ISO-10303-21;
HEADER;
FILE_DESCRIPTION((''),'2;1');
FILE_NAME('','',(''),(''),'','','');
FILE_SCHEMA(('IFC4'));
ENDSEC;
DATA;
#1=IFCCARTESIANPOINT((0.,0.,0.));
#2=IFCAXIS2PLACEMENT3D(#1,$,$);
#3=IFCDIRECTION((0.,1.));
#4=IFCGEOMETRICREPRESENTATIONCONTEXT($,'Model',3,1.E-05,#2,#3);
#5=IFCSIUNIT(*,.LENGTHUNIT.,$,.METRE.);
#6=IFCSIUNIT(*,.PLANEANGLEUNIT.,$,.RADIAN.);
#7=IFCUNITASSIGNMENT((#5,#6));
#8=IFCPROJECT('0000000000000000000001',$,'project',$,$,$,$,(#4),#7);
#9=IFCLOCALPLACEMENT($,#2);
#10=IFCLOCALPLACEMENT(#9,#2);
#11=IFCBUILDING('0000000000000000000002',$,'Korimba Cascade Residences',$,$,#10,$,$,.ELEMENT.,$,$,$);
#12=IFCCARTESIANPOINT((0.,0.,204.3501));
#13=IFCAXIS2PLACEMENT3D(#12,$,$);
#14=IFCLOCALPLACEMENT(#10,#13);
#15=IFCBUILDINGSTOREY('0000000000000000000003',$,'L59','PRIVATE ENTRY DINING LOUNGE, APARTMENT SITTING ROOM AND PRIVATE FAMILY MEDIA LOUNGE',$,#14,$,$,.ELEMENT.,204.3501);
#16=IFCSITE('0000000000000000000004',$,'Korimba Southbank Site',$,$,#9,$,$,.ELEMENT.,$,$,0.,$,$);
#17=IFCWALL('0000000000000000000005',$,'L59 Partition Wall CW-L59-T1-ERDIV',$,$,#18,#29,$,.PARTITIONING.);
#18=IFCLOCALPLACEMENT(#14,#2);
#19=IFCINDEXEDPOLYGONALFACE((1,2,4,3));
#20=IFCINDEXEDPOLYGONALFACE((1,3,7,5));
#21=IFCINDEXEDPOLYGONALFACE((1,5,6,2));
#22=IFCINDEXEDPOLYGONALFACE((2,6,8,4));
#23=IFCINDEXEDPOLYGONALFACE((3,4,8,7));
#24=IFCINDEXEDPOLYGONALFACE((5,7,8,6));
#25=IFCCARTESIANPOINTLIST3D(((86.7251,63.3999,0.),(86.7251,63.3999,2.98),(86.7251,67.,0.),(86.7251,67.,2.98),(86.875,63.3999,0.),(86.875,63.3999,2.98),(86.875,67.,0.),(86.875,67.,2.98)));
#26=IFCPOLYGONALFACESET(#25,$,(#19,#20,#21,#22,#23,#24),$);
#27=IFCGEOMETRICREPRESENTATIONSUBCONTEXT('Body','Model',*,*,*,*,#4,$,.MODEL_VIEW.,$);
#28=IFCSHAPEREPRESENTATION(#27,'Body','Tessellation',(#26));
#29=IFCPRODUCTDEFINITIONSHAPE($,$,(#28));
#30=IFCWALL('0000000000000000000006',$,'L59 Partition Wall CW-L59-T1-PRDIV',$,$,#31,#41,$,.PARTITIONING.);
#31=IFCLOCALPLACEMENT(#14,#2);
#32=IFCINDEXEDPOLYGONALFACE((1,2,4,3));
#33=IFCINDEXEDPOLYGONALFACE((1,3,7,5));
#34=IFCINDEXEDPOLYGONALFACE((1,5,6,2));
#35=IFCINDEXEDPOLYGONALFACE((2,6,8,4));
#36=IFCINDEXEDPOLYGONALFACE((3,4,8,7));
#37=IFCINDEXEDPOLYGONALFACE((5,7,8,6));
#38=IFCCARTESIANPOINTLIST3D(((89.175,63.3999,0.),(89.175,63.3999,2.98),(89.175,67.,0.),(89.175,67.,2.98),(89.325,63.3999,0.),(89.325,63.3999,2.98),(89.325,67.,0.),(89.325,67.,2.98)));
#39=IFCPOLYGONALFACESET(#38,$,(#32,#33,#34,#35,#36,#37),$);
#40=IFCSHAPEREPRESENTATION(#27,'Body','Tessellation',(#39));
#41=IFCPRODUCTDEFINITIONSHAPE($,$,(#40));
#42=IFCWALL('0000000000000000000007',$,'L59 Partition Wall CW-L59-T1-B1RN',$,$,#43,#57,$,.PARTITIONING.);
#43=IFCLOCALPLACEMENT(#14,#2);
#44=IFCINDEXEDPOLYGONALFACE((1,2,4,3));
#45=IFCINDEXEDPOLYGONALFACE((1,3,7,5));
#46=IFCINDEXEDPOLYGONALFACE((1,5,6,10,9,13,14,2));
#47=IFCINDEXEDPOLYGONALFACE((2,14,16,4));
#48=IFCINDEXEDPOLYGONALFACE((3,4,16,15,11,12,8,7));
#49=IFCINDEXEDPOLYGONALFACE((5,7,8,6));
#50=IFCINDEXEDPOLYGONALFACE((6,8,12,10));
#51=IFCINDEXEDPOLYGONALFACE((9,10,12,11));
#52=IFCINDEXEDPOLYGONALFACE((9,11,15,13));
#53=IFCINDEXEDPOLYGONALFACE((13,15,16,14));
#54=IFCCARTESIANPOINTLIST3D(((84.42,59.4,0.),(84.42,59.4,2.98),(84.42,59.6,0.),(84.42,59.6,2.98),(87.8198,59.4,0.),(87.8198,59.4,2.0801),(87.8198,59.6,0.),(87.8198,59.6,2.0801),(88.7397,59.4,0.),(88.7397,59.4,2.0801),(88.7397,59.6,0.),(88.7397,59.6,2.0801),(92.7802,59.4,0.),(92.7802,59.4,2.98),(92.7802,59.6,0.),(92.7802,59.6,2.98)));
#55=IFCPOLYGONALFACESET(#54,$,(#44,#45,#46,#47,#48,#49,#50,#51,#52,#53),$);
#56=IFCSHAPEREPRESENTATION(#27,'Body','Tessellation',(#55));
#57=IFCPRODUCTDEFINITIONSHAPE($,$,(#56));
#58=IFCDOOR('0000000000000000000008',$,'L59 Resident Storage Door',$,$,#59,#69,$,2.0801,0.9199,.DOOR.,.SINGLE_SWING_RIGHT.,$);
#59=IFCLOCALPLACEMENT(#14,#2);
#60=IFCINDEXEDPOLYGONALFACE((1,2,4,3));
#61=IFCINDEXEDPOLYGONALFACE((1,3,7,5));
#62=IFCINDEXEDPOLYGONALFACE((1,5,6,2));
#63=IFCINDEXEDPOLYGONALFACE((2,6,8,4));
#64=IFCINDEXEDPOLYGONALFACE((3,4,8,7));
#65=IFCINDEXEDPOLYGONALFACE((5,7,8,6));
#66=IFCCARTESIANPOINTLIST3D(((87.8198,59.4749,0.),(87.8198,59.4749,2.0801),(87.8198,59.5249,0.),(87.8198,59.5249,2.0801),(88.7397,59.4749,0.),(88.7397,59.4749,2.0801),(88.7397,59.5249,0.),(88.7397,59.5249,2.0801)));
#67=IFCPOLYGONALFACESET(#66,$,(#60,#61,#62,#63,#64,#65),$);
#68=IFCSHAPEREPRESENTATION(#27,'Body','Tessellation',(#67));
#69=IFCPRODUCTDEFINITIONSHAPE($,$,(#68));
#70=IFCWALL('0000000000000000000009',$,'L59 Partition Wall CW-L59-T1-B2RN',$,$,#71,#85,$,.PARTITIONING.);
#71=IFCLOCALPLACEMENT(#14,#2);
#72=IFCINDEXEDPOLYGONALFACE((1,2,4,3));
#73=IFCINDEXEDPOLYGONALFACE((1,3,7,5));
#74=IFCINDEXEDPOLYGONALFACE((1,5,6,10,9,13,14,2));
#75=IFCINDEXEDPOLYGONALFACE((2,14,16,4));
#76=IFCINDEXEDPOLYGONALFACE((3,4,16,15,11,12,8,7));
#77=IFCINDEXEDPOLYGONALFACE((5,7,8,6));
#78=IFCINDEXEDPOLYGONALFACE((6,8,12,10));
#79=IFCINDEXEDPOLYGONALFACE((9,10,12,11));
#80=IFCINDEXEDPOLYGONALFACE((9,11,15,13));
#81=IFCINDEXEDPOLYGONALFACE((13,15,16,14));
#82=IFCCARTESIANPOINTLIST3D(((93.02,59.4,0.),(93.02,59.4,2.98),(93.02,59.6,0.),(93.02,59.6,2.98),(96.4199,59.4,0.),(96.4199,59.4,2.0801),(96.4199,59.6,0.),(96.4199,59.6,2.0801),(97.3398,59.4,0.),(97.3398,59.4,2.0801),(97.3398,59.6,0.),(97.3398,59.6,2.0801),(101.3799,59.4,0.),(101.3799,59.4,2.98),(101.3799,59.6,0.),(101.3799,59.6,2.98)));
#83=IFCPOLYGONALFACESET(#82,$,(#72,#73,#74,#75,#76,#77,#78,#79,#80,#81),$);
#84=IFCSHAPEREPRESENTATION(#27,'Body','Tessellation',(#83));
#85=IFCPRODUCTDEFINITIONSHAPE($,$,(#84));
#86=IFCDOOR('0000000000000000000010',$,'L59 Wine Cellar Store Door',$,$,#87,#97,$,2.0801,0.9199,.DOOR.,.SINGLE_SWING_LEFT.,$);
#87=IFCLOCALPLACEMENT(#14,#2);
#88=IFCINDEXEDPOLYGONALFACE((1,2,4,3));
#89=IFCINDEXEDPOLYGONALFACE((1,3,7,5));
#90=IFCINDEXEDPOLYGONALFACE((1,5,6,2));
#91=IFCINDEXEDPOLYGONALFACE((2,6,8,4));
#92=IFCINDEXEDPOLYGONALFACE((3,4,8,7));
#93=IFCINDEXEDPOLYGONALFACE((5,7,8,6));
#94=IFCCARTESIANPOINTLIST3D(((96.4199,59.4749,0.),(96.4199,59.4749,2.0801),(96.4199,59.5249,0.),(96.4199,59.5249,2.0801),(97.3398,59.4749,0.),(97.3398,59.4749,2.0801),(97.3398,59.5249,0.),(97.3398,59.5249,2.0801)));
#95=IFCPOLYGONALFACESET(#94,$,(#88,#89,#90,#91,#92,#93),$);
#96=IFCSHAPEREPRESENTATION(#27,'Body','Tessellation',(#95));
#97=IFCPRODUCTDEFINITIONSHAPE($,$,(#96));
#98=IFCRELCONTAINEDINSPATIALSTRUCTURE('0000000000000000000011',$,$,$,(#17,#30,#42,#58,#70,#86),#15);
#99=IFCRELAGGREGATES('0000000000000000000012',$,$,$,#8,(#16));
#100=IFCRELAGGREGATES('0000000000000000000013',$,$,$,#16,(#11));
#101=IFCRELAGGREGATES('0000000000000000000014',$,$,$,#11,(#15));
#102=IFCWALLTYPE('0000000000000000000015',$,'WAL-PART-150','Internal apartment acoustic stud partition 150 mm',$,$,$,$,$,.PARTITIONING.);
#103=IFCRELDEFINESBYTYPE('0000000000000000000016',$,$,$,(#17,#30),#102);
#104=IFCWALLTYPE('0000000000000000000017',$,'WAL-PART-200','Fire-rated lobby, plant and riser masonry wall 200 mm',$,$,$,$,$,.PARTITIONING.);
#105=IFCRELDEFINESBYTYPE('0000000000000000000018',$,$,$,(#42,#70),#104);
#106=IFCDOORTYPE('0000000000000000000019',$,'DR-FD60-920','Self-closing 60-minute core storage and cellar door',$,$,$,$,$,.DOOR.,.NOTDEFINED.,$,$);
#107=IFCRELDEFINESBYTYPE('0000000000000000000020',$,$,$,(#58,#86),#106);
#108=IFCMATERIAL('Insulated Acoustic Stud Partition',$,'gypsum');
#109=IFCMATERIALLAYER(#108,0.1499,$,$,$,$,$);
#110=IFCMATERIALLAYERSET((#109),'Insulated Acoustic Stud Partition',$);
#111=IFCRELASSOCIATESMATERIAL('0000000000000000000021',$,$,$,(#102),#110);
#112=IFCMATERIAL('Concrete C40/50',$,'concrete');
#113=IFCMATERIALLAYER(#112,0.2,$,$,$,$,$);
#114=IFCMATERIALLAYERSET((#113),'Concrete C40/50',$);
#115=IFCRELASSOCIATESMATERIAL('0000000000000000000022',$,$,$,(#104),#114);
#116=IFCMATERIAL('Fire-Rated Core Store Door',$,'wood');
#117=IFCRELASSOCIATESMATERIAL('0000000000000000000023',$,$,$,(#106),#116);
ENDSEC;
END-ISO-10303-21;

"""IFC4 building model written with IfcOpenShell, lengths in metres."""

from ifc_helpers import new_model, si_unit, direction, frame, frame_2d, origin, place, context, subcontext, project, spatial, rectangle, extrude, material, layer, layer_set, type_object, element, fill, save


model = new_model("IFC4")

# Units and contexts
model_context = context("Model", 3, precision=1e-05, world=origin(), true_north=direction((0.0, 1.0)))
body_context = subcontext(model_context, "Body", "Model", "MODEL_VIEW")
ifc_project = project(units=[si_unit("LENGTHUNIT", "METRE"), si_unit("PLANEANGLEUNIT", "RADIAN")], contexts=[model_context])

# Site, building, storey
site_placement = place(None, origin())
site = spatial("IfcSite", under=ifc_project, at=site_placement, Name="Korimba Southbank Site", CompositionType="ELEMENT", RefElevation=0.0)
building_placement = place(site_placement, origin())
building = spatial("IfcBuilding", under=site, at=building_placement, Name="Korimba Cascade Residences", CompositionType="ELEMENT")
storey_placement = place(building_placement, frame((0.0, 0.0, 204.3501)))
storey = spatial("IfcBuildingStorey", under=building, at=storey_placement, Name="L59", Description="PRIVATE ENTRY DINING LOUNGE, APARTMENT SITTING ROOM AND PRIVATE FAMILY MEDIA LOUNGE", CompositionType="ELEMENT", Elevation=204.3501)

# Walls
ifc_material_1 = material(Name="Insulated Acoustic Stud Partition", Category="gypsum")
ifc_layer_1 = layer(ifc_material_1, 0.1499)
ifc_layer_set_1 = layer_set([ifc_layer_1], Name="Insulated Acoustic Stud Partition")
wall_type_1 = type_object("IfcWallType", Name="WAL-PART-150", Description="Internal apartment acoustic stud partition 150 mm", PredefinedType="PARTITIONING", material=ifc_layer_set_1)
for number, where, z_axis, x_axis, name in (
    (1, (86.8, 63.3999, 0.0), (0.0, 0.0, 1.0), (0.0, 1.0, 0.0), "L59 Partition Wall CW-L59-T1-ERDIV"),
    (2, (89.25, 63.3999, 0.0), (0.0, 0.0, 1.0), (0.0, 1.0, 0.0), "L59 Partition Wall CW-L59-T1-PRDIV"),
):
    element("IfcWall", number, at=place(storey_placement, frame(where, z_axis=z_axis, x_axis=x_axis)), inside=storey, type_object=wall_type_1, Name=name, PredefinedType="PARTITIONING", context=body_context, shape_type="SweptSolid", body=[
        extrude(rectangle(XDim=3.6001, YDim=0.1499, at=frame_2d((1.8, 0.0))), origin(), (0.0, 0.0, 1.0), 2.98),
    ])

# Walls, openings, doors
ifc_material_2 = material(Name="Concrete C40/50", Category="concrete")
ifc_layer_2 = layer(ifc_material_2, 0.2)
ifc_layer_set_2 = layer_set([ifc_layer_2], Name="Concrete C40/50")
wall_type_2 = type_object("IfcWallType", Name="WAL-PART-200", Description="Fire-rated lobby, plant and riser masonry wall 200 mm", PredefinedType="PARTITIONING", material=ifc_layer_set_2)
wall_1_placement = place(storey_placement, frame((84.4199, 59.5, 0.0), z_axis=(0.0, 0.0, 1.0), x_axis=(1.0, 0.0, 0.0)))
wall_1 = element("IfcWall", 3, at=wall_1_placement, inside=storey, type_object=wall_type_2, Name="L59 Partition Wall CW-L59-T1-B1RN", PredefinedType="PARTITIONING", context=body_context, shape_type="SweptSolid", body=[
    extrude(rectangle(XDim=8.3601, YDim=0.2, at=frame_2d((4.1802, 0.0))), origin(), (0.0, 0.0, 1.0), 2.98),
])
opening_1_placement = place(wall_1_placement, frame((3.3999, 0.0, 0.0)))
opening_1 = element("IfcOpeningElement", 4, at=opening_1_placement, cuts=wall_1, PredefinedType="OPENING", context=body_context, shape_type="SweptSolid", body=[
    extrude(rectangle(XDim=0.9199, YDim=2.0801, at=frame_2d((0.46, 1.04))), frame((0.0, 0.1099, 0.0), z_axis=(0.0, -1.0, 0.0), x_axis=(1.0, 0.0, 0.0)), (0.0, 0.0, 1.0), 0.22),
])
ifc_material_3 = material(Name="Fire-Rated Core Store Door", Category="wood")
door_type_1 = type_object("IfcDoorType", Name="DR-FD60-920", Description="Self-closing 60-minute core storage and cellar door", OperationType="NOTDEFINED", PredefinedType="DOOR", material=ifc_material_3)
door_1_placement = place(opening_1_placement, origin())
door_1 = element("IfcDoor", 5, at=door_1_placement, inside=storey, type_object=door_type_1, Name="L59 Resident Storage Door", OperationType="SINGLE_SWING_RIGHT", OverallHeight=2.0801, OverallWidth=0.9199, PredefinedType="DOOR", context=body_context, shape_type="SweptSolid", body=[
    extrude(rectangle(XDim=0.9199, YDim=2.0801, at=frame_2d((0.46, 1.04))), frame((0.0, 0.0249, 0.0), z_axis=(0.0, -1.0, 0.0), x_axis=(1.0, 0.0, 0.0)), (0.0, 0.0, 1.0), 0.05),
])
fill(opening_1, door_1)
wall_2_placement = place(storey_placement, frame((93.02, 59.5, 0.0), z_axis=(0.0, 0.0, 1.0), x_axis=(1.0, 0.0, 0.0)))
wall_2 = element("IfcWall", 6, at=wall_2_placement, inside=storey, type_object=wall_type_2, Name="L59 Partition Wall CW-L59-T1-B2RN", PredefinedType="PARTITIONING", context=body_context, shape_type="SweptSolid", body=[
    extrude(rectangle(XDim=8.3599, YDim=0.2, at=frame_2d((4.1799, 0.0))), origin(), (0.0, 0.0, 1.0), 2.98),
])
opening_2_placement = place(wall_2_placement, frame((3.3999, 0.0, 0.0)))
opening_2 = element("IfcOpeningElement", 7, at=opening_2_placement, cuts=wall_2, PredefinedType="OPENING", context=body_context, shape_type="SweptSolid", body=[
    extrude(rectangle(XDim=0.9199, YDim=2.0801, at=frame_2d((0.46, 1.04))), frame((0.0, 0.1099, 0.0), z_axis=(0.0, -1.0, 0.0), x_axis=(1.0, 0.0, 0.0)), (0.0, 0.0, 1.0), 0.22),
])
door_2_placement = place(opening_2_placement, origin())
door_2 = element("IfcDoor", 8, at=door_2_placement, inside=storey, type_object=door_type_1, Name="L59 Wine Cellar Store Door", OperationType="SINGLE_SWING_LEFT", OverallHeight=2.0801, OverallWidth=0.9199, PredefinedType="DOOR", context=body_context, shape_type="SweptSolid", body=[
    extrude(rectangle(XDim=0.9199, YDim=2.0801, at=frame_2d((0.46, 1.04))), frame((0.0, 0.0249, 0.0), z_axis=(0.0, -1.0, 0.0), x_axis=(1.0, 0.0, 0.0)), (0.0, 0.0, 1.0), 0.05),
])
fill(opening_2, door_2)

save(model, "model.ifc")
